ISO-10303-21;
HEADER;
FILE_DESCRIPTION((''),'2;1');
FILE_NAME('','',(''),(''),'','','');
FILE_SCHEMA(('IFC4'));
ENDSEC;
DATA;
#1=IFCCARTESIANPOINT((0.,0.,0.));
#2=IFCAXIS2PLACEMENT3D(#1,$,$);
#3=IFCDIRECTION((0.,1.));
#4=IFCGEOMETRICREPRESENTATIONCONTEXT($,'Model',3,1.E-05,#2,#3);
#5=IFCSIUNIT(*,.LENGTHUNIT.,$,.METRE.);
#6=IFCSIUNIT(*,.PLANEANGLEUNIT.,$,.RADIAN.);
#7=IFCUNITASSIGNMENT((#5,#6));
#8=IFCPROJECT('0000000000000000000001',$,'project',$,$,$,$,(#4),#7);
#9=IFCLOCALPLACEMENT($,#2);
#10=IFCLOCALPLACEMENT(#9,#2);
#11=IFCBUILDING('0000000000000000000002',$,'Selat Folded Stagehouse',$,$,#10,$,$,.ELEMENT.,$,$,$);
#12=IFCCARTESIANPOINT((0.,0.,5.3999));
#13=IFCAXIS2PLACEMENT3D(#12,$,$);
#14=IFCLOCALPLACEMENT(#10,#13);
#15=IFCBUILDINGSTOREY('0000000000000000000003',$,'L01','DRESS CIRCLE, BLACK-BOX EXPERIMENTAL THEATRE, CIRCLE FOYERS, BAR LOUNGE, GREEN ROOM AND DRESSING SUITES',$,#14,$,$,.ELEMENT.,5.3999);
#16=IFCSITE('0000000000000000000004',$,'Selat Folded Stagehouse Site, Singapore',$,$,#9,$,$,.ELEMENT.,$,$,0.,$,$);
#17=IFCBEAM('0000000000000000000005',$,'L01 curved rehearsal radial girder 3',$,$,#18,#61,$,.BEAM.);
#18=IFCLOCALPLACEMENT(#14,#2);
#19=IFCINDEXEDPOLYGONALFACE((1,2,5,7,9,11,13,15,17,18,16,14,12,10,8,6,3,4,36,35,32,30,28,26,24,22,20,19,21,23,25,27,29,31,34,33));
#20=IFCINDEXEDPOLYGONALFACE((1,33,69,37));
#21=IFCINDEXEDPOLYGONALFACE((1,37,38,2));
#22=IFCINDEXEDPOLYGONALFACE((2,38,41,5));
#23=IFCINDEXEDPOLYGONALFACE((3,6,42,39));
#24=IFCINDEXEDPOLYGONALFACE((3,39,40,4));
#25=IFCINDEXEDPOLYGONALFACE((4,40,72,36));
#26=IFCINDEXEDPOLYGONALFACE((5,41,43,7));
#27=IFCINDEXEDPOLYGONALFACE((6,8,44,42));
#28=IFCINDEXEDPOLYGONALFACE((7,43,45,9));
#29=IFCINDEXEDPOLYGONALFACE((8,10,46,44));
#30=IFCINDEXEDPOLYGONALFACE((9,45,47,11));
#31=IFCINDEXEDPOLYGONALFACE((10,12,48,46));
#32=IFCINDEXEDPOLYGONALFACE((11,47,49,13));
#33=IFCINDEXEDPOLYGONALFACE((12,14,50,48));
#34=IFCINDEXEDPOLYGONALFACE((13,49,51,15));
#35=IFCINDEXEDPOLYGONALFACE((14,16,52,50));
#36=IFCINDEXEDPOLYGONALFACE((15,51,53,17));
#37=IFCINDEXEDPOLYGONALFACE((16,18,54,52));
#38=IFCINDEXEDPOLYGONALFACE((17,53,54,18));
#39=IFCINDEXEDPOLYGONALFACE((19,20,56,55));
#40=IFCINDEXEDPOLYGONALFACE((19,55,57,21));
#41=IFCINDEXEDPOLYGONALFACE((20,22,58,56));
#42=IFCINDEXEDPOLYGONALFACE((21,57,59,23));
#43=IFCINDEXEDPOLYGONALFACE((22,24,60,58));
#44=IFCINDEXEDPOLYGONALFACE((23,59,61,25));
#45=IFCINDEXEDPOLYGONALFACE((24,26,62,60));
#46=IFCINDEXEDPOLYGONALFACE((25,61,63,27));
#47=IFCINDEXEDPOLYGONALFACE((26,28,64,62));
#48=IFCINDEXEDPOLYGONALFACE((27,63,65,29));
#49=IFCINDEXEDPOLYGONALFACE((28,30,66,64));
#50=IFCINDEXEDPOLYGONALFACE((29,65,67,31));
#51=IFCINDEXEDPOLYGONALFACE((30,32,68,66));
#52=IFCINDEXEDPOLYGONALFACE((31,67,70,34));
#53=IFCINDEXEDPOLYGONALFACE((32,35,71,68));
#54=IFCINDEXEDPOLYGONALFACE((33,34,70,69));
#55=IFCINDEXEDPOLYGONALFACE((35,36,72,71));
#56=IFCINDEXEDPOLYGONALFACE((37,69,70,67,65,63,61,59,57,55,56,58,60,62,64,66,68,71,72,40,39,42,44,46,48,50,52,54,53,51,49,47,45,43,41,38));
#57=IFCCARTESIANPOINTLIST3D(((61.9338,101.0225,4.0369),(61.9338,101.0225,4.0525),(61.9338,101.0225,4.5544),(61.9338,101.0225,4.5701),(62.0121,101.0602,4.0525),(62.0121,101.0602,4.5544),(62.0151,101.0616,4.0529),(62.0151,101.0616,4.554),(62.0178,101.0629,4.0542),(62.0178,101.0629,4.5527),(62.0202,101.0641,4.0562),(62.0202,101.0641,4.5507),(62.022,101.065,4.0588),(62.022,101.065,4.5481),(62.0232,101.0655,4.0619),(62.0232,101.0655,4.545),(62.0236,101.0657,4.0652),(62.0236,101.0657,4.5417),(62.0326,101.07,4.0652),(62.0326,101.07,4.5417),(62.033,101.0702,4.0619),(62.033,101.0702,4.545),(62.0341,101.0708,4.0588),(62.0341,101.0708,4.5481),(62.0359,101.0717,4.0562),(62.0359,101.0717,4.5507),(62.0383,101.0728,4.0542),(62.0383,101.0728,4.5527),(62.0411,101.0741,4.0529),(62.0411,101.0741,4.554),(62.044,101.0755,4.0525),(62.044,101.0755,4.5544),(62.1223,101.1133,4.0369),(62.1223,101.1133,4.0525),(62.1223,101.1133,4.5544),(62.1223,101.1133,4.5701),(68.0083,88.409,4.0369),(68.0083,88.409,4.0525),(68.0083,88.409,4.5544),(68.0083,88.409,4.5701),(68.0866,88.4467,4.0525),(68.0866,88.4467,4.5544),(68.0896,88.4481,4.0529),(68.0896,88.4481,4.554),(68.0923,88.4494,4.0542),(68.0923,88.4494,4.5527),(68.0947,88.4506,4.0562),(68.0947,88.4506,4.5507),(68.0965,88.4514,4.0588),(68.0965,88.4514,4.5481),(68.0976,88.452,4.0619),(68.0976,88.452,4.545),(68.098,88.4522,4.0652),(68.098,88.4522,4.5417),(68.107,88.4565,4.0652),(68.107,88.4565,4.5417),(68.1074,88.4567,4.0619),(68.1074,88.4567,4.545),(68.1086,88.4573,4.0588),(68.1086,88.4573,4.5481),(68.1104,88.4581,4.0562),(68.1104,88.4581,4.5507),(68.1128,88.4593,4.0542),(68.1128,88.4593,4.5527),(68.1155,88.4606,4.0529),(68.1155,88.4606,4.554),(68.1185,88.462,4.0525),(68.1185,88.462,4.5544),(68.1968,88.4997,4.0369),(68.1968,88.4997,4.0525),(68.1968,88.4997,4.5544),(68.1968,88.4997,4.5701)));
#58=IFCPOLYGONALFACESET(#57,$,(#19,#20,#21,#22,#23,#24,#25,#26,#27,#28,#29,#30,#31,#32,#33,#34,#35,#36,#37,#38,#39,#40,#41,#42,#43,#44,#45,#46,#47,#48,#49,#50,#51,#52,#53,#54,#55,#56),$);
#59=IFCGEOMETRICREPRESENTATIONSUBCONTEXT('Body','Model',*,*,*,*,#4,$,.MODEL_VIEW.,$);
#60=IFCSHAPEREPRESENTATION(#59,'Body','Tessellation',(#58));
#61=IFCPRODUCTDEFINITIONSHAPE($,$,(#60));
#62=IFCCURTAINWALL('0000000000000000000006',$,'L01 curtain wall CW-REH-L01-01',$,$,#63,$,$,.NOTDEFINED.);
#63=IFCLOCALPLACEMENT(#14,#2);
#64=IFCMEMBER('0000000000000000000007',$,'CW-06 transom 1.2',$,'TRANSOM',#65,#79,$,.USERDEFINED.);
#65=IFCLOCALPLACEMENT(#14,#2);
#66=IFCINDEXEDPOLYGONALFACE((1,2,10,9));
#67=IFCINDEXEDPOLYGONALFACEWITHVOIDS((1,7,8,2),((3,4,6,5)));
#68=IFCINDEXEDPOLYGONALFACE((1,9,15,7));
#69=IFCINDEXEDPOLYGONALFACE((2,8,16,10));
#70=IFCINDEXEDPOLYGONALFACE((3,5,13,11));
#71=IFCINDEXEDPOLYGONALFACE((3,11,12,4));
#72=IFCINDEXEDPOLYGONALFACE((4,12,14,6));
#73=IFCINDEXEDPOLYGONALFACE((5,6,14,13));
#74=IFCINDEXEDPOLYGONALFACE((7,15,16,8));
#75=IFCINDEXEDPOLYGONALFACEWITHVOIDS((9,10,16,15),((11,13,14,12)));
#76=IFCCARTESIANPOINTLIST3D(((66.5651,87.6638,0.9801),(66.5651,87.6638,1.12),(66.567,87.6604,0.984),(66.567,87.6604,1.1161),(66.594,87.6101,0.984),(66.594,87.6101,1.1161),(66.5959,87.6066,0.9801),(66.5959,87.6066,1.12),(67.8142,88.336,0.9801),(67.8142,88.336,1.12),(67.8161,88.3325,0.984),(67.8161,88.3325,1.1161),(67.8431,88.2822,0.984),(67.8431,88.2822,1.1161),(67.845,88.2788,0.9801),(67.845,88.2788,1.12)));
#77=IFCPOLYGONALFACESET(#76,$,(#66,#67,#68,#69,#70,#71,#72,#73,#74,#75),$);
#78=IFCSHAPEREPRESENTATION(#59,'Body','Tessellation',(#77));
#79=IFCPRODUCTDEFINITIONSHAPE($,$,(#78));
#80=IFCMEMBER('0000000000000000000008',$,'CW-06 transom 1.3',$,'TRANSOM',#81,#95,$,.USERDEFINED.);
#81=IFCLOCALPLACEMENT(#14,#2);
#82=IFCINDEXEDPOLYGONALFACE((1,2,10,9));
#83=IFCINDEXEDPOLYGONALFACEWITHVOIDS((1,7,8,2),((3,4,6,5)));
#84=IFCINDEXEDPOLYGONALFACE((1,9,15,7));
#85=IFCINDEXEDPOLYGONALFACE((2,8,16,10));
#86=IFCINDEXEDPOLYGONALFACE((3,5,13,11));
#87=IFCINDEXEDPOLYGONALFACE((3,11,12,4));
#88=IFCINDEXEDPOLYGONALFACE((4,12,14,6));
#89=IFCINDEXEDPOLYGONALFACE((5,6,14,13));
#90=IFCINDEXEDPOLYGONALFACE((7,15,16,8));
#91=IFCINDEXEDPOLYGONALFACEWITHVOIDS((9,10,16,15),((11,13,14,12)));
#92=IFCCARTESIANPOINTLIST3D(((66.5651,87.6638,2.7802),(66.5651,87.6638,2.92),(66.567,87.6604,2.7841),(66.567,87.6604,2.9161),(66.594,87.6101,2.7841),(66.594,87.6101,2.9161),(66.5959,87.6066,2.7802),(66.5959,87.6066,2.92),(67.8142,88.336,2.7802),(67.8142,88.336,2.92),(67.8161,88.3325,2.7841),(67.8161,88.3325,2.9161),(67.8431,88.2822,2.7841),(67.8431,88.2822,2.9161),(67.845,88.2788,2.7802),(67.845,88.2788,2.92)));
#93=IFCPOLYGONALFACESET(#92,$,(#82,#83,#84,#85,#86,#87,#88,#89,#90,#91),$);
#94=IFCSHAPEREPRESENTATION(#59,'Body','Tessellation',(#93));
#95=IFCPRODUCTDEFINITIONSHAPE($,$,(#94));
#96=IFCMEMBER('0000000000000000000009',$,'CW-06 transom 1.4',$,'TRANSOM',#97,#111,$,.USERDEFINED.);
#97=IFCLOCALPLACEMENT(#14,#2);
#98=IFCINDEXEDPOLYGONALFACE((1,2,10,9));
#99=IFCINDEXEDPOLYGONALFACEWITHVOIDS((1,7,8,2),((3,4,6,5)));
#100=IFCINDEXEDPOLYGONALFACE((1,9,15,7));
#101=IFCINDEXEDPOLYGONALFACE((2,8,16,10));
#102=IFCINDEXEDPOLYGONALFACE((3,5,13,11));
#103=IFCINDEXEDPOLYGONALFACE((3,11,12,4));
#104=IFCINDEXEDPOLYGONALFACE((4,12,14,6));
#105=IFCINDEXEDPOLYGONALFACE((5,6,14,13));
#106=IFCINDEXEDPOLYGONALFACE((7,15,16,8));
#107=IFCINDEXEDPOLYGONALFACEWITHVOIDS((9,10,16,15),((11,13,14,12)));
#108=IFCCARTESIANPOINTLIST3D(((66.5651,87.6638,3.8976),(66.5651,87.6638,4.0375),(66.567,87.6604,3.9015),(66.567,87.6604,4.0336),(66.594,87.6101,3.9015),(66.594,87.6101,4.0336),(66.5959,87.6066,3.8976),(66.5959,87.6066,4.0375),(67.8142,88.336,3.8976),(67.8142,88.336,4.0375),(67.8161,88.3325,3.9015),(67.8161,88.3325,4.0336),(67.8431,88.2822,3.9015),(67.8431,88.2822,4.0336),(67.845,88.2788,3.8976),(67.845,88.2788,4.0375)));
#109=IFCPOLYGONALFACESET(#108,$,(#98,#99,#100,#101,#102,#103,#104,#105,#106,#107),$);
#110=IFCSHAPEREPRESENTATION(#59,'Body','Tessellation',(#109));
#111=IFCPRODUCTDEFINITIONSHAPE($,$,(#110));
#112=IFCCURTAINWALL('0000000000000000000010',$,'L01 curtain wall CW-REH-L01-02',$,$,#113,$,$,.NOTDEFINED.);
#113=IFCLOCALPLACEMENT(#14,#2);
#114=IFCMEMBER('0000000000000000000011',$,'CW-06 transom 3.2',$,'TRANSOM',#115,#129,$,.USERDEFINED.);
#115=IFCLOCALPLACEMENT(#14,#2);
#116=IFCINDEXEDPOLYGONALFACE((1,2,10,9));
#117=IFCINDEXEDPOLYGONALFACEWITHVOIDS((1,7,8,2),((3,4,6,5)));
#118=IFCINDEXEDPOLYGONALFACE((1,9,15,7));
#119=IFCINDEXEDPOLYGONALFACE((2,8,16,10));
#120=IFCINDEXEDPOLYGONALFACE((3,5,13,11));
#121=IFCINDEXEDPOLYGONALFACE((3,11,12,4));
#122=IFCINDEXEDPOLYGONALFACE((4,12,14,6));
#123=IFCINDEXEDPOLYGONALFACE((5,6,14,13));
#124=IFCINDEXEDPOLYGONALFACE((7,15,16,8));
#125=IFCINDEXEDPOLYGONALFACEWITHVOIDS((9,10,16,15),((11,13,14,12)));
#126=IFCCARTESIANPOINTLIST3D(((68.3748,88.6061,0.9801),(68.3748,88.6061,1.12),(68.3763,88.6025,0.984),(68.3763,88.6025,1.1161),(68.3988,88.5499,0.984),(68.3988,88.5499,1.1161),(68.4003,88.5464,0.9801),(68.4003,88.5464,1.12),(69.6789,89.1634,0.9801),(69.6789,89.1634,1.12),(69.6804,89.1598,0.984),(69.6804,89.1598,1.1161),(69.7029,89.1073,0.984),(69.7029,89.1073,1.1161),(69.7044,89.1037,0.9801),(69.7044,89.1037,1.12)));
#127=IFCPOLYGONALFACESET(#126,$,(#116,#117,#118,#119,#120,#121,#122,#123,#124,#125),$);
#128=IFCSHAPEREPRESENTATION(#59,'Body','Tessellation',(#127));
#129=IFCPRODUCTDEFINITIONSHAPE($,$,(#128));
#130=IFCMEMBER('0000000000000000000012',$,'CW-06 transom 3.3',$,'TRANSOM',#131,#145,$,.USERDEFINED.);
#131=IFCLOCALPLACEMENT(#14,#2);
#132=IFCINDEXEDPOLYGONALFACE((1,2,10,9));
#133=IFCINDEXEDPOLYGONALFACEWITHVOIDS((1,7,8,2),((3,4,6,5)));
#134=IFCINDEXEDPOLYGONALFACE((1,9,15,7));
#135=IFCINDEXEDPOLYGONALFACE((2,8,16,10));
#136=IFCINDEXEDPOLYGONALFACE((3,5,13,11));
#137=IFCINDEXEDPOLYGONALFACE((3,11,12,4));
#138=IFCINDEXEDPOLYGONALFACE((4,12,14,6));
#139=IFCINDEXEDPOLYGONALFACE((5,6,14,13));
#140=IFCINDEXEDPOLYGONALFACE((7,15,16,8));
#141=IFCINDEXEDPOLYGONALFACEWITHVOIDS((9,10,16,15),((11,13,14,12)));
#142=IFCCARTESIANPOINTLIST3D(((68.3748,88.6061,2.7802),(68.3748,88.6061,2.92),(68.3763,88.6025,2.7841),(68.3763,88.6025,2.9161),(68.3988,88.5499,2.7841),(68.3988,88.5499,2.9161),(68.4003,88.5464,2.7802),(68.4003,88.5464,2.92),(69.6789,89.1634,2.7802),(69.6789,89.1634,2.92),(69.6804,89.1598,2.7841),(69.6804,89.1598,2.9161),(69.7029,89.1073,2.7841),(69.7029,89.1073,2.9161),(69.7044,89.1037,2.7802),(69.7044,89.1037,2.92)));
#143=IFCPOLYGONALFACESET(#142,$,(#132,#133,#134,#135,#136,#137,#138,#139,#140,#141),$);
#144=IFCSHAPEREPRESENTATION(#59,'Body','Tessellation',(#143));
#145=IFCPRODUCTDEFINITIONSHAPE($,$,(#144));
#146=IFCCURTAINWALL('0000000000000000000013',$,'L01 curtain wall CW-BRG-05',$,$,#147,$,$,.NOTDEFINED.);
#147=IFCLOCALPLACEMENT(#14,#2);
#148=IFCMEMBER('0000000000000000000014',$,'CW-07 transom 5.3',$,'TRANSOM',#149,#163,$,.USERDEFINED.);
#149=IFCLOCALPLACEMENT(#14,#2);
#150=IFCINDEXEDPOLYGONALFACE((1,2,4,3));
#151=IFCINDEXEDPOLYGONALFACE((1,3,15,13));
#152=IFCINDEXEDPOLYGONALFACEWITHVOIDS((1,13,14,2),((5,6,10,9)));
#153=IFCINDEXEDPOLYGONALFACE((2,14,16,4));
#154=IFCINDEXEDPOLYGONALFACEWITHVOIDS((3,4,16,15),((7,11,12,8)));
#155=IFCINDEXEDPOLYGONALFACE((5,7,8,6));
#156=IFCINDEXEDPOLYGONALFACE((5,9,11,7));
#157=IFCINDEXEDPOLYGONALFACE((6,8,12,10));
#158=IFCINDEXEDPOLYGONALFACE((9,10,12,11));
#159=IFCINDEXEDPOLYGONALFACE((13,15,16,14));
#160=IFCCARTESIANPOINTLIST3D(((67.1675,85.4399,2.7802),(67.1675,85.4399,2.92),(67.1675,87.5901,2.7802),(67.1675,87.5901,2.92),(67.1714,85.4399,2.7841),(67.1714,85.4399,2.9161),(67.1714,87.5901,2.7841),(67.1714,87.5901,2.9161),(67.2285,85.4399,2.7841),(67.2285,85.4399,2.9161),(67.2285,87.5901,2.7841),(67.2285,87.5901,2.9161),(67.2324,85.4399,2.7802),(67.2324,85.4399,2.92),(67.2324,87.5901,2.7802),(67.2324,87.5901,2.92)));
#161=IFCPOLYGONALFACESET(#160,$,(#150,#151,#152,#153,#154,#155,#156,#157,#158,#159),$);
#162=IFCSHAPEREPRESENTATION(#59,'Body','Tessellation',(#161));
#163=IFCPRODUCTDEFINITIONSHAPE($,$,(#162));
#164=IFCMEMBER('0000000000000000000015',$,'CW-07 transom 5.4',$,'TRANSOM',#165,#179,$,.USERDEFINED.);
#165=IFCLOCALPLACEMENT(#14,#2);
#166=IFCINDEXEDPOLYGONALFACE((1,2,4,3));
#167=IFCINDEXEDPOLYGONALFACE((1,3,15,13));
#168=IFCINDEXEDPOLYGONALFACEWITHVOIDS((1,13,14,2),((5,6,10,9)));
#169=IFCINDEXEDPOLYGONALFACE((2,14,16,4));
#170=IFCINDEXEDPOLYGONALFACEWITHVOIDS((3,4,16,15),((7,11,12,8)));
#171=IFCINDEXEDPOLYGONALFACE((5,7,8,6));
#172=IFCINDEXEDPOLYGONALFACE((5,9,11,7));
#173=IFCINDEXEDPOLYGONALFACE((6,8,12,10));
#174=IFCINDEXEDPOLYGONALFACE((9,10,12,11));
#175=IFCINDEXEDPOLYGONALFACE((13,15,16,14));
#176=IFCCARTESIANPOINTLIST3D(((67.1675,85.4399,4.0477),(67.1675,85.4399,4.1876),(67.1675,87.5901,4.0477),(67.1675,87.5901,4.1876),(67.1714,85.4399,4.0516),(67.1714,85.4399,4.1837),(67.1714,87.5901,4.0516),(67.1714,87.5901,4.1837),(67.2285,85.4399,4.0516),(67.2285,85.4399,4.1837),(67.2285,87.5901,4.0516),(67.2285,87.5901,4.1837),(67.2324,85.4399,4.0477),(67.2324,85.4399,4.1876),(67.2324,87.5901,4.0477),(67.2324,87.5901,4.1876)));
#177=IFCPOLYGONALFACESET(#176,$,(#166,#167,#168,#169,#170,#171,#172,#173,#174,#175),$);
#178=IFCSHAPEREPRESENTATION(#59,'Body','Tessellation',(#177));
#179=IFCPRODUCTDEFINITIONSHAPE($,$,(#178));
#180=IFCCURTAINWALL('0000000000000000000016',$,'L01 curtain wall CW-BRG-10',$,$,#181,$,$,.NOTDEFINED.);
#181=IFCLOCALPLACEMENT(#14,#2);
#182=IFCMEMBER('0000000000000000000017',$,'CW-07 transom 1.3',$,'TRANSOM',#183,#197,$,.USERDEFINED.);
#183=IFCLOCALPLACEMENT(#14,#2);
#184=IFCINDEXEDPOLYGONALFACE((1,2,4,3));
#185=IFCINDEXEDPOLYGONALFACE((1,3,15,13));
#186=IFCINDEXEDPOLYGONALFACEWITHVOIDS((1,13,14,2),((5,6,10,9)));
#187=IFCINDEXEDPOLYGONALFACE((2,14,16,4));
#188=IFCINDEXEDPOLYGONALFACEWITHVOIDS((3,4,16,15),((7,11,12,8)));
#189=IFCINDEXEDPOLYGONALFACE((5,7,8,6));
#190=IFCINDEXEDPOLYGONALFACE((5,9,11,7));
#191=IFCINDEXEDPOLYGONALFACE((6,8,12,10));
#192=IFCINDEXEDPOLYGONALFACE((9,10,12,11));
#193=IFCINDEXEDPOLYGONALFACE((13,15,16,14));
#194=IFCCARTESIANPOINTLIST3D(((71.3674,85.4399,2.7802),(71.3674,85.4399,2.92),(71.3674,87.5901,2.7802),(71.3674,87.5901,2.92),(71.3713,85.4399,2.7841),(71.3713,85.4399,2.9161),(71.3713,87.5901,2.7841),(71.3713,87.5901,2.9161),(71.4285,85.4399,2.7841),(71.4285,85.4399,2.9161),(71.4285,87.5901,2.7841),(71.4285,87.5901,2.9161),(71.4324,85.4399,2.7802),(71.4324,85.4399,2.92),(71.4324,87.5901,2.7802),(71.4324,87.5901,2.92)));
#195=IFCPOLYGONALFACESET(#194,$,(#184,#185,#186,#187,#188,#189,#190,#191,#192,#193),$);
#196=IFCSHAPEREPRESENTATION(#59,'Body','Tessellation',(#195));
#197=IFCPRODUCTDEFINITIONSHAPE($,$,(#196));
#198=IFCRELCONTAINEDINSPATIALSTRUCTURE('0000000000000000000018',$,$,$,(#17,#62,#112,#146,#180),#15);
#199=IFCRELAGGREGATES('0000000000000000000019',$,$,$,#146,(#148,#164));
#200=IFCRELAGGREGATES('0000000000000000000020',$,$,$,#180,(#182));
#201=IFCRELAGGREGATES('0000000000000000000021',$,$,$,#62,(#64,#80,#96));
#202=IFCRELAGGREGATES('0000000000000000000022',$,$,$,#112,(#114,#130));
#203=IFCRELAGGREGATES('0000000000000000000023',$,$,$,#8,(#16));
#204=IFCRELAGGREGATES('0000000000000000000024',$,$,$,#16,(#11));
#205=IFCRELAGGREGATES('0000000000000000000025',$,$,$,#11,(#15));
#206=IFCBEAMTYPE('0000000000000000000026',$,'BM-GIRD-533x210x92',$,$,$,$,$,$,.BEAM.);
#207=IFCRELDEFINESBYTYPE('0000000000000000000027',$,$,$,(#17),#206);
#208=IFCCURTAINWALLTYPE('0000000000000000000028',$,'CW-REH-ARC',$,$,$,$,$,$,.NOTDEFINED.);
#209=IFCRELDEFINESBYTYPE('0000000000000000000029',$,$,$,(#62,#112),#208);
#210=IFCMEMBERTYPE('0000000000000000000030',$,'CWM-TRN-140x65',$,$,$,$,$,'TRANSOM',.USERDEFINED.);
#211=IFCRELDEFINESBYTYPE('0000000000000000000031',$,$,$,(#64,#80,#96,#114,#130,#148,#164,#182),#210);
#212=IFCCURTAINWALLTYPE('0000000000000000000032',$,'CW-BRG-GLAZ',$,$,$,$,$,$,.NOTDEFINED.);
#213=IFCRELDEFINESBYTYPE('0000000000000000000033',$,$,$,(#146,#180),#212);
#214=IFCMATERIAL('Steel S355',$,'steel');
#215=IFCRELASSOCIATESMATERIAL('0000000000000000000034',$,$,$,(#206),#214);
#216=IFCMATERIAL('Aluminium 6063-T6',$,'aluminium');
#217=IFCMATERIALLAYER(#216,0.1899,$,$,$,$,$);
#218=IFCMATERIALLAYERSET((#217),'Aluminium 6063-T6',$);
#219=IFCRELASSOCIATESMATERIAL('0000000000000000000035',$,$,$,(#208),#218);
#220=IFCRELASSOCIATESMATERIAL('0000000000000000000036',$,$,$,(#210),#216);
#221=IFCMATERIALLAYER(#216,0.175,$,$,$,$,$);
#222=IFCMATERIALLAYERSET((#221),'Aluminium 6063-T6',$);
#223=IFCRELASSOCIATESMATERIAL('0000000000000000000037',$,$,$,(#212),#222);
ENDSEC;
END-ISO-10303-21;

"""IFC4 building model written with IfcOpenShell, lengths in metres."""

from ifc_helpers import new_model, si_unit, direction, frame, origin, origin_2d, place, context, subcontext, project, spatial, hollow_rectangle, i_section, extrude, material, layer, layer_set, material_profile, profile_set, type_object, element, aggregate, save


model = new_model("IFC4")

# Units and contexts
model_context = context("Model", 3, precision=1e-05, world=origin(), true_north=direction((0.0, 1.0)))
body_context = subcontext(model_context, "Body", "Model", "MODEL_VIEW")
ifc_project = project(units=[si_unit("LENGTHUNIT", "METRE"), si_unit("PLANEANGLEUNIT", "RADIAN")], contexts=[model_context])

# Site, building, storey
site_placement = place(None, origin())
site = spatial("IfcSite", under=ifc_project, at=site_placement, Name="Selat Folded Stagehouse Site, Singapore", CompositionType="ELEMENT", RefElevation=0.0)
building_placement = place(site_placement, origin())
building = spatial("IfcBuilding", under=site, at=building_placement, Name="Selat Folded Stagehouse", CompositionType="ELEMENT")
storey_placement = place(building_placement, frame((0.0, 0.0, 5.3999)))
storey = spatial("IfcBuildingStorey", under=building, at=storey_placement, Name="L01", Description="DRESS CIRCLE, BLACK-BOX EXPERIMENTAL THEATRE, CIRCLE FOYERS, BAR LOUNGE, GREEN ROOM AND DRESSING SUITES", CompositionType="ELEMENT", Elevation=5.3999)

# Beam
ifc_material_1 = material(Name="Steel S355", Category="steel")
ifc_material_profile_1 = material_profile(ifc_material_1, i_section(OverallWidth=0.2092, OverallDepth=0.5332, WebThickness=0.01, FlangeThickness=0.0156, FilletRadius=0.0127, at=origin_2d()), Name="UKB 533x210x92")
ifc_profile_set_1 = profile_set([ifc_material_profile_1], Name="Steel S355")
beam_type_1 = type_object("IfcBeamType", Name="BM-GIRD-533x210x92", PredefinedType="BEAM", material=ifc_profile_set_1)
beam_1_placement = place(storey_placement, frame((68.1025, 88.4543, 4.3035), z_axis=(-0.43389, 0.900966, 0.0), x_axis=(-0.900966, -0.43389, 0.0)))
element("IfcBeam", 1, at=beam_1_placement, inside=storey, type_object=beam_type_1, Name="L01 curved rehearsal radial girder 3", PredefinedType="BEAM", context=body_context, shape_type="SweptSolid", body=[
    extrude(i_section(OverallWidth=0.2092, OverallDepth=0.5332, WebThickness=0.01, FlangeThickness=0.0156, FilletRadius=0.0127, at=origin_2d()), origin(), (0.0, 0.0, 1.0), 14.0),
])

# Curtain walls, members
ifc_material_2 = material(Name="Aluminium 6063-T6", Category="aluminium")
ifc_layer_1 = layer(ifc_material_2, 0.1899)
ifc_layer_set_1 = layer_set([ifc_layer_1], Name="Aluminium 6063-T6")
curtain_wall_type_1 = type_object("IfcCurtainWallType", Name="CW-REH-ARC", PredefinedType="NOTDEFINED", material=ifc_layer_set_1)
curtain_wall_1_placement = place(storey_placement, origin())
curtain_wall_1 = element("IfcCurtainWall", 2, at=curtain_wall_1_placement, inside=storey, type_object=curtain_wall_type_1, Name="L01 curtain wall CW-REH-L01-01", PredefinedType="NOTDEFINED")
ifc_material_profile_2 = material_profile(ifc_material_2, hollow_rectangle(XDim=0.0649, YDim=0.1399, WallThickness=0.0039, at=origin_2d()), Name="ALU 140x65x4.0")
ifc_profile_set_2 = profile_set([ifc_material_profile_2], Name="Aluminium 6063-T6")
member_type = type_object("IfcMemberType", Name="CWM-TRN-140x65", ElementType="TRANSOM", PredefinedType="USERDEFINED", material=ifc_profile_set_2)
member_1_placement = place(storey_placement, frame((67.8296, 88.3074, 1.05), z_axis=(-0.880598, -0.473864, 0.0), x_axis=(0.473864, -0.880598, 0.0)))
member_1 = element("IfcMember", 3, at=member_1_placement, type_object=member_type, Name="CW-06 transom 1.2", ObjectType="TRANSOM", PredefinedType="USERDEFINED", context=body_context, shape_type="SweptSolid", body=[
    extrude(hollow_rectangle(XDim=0.0649, YDim=0.1399, WallThickness=0.0039, at=origin_2d()), origin(), (0.0, 0.0, 1.0), 1.4185),
])
member_2_placement = place(storey_placement, frame((67.8296, 88.3074, 2.8501), z_axis=(-0.880598, -0.473864, 0.0), x_axis=(0.473864, -0.880598, 0.0)))
member_2 = element("IfcMember", 4, at=member_2_placement, type_object=member_type, Name="CW-06 transom 1.3", ObjectType="TRANSOM", PredefinedType="USERDEFINED", context=body_context, shape_type="SweptSolid", body=[
    extrude(hollow_rectangle(XDim=0.0649, YDim=0.1399, WallThickness=0.0039, at=origin_2d()), origin(), (0.0, 0.0, 1.0), 1.4185),
])
member_3_placement = place(storey_placement, frame((67.8296, 88.3074, 3.9675), z_axis=(-0.880598, -0.473864, 0.0), x_axis=(0.473864, -0.880598, 0.0)))
member_3 = element("IfcMember", 5, at=member_3_placement, type_object=member_type, Name="CW-06 transom 1.4", ObjectType="TRANSOM", PredefinedType="USERDEFINED", context=body_context, shape_type="SweptSolid", body=[
    extrude(hollow_rectangle(XDim=0.0649, YDim=0.1399, WallThickness=0.0039, at=origin_2d()), origin(), (0.0, 0.0, 1.0), 1.4185),
])
curtain_wall_2_placement = place(storey_placement, origin())
curtain_wall_2 = element("IfcCurtainWall", 6, at=curtain_wall_2_placement, inside=storey, type_object=curtain_wall_type_1, Name="L01 curtain wall CW-REH-L01-02", PredefinedType="NOTDEFINED")
member_4_placement = place(storey_placement, frame((69.6917, 89.1335, 1.05), z_axis=(-0.919545, -0.392984, 0.0), x_axis=(0.392984, -0.919545, 0.0)))
member_4 = element("IfcMember", 7, at=member_4_placement, type_object=member_type, Name="CW-06 transom 3.2", ObjectType="TRANSOM", PredefinedType="USERDEFINED", context=body_context, shape_type="SweptSolid", body=[
    extrude(hollow_rectangle(XDim=0.0649, YDim=0.1399, WallThickness=0.0039, at=origin_2d()), origin(), (0.0, 0.0, 1.0), 1.4182),
])
member_5_placement = place(storey_placement, frame((69.6917, 89.1335, 2.8501), z_axis=(-0.919545, -0.392984, 0.0), x_axis=(0.392984, -0.919545, 0.0)))
member_5 = element("IfcMember", 8, at=member_5_placement, type_object=member_type, Name="CW-06 transom 3.3", ObjectType="TRANSOM", PredefinedType="USERDEFINED", context=body_context, shape_type="SweptSolid", body=[
    extrude(hollow_rectangle(XDim=0.0649, YDim=0.1399, WallThickness=0.0039, at=origin_2d()), origin(), (0.0, 0.0, 1.0), 1.4182),
])
ifc_layer_2 = layer(ifc_material_2, 0.175)
ifc_layer_set_2 = layer_set([ifc_layer_2], Name="Aluminium 6063-T6")
curtain_wall_type_2 = type_object("IfcCurtainWallType", Name="CW-BRG-GLAZ", PredefinedType="NOTDEFINED", material=ifc_layer_set_2)
curtain_wall_3_placement = place(storey_placement, origin())
curtain_wall_3 = element("IfcCurtainWall", 9, at=curtain_wall_3_placement, inside=storey, type_object=curtain_wall_type_2, Name="L01 curtain wall CW-BRG-05", PredefinedType="NOTDEFINED")
member_6_placement = place(storey_placement, frame((67.2, 85.4399, 2.8501), z_axis=(0.0, 1.0, 0.0), x_axis=(-1.0, 0.0, 0.0)))
member_6 = element("IfcMember", 10, at=member_6_placement, type_object=member_type, Name="CW-07 transom 5.3", ObjectType="TRANSOM", PredefinedType="USERDEFINED", context=body_context, shape_type="SweptSolid", body=[
    extrude(hollow_rectangle(XDim=0.0649, YDim=0.1399, WallThickness=0.0039, at=origin_2d()), origin(), (0.0, 0.0, 1.0), 2.1501),
])
member_7_placement = place(storey_placement, frame((67.2, 85.4399, 4.1177), z_axis=(0.0, 1.0, 0.0), x_axis=(-1.0, 0.0, 0.0)))
member_7 = element("IfcMember", 11, at=member_7_placement, type_object=member_type, Name="CW-07 transom 5.4", ObjectType="TRANSOM", PredefinedType="USERDEFINED", context=body_context, shape_type="SweptSolid", body=[
    extrude(hollow_rectangle(XDim=0.0649, YDim=0.1399, WallThickness=0.0039, at=origin_2d()), origin(), (0.0, 0.0, 1.0), 2.1501),
])
curtain_wall_4_placement = place(storey_placement, origin())
curtain_wall_4 = element("IfcCurtainWall", 12, at=curtain_wall_4_placement, inside=storey, type_object=curtain_wall_type_2, Name="L01 curtain wall CW-BRG-10", PredefinedType="NOTDEFINED")
member_8_placement = place(storey_placement, frame((71.3999, 87.5901, 2.8501), z_axis=(0.0, -1.0, 0.0), x_axis=(1.0, 0.0, 0.0)))
member_8 = element("IfcMember", 13, at=member_8_placement, type_object=member_type, Name="CW-07 transom 1.3", ObjectType="TRANSOM", PredefinedType="USERDEFINED", context=body_context, shape_type="SweptSolid", body=[
    extrude(hollow_rectangle(XDim=0.0649, YDim=0.1399, WallThickness=0.0039, at=origin_2d()), origin(), (0.0, 0.0, 1.0), 2.1501),
])

aggregate(curtain_wall_3, [member_6, member_7])
aggregate(curtain_wall_4, [member_8])
aggregate(curtain_wall_1, [member_1, member_2, member_3])
aggregate(curtain_wall_2, [member_4, member_5])

save(model, "model.ifc")
